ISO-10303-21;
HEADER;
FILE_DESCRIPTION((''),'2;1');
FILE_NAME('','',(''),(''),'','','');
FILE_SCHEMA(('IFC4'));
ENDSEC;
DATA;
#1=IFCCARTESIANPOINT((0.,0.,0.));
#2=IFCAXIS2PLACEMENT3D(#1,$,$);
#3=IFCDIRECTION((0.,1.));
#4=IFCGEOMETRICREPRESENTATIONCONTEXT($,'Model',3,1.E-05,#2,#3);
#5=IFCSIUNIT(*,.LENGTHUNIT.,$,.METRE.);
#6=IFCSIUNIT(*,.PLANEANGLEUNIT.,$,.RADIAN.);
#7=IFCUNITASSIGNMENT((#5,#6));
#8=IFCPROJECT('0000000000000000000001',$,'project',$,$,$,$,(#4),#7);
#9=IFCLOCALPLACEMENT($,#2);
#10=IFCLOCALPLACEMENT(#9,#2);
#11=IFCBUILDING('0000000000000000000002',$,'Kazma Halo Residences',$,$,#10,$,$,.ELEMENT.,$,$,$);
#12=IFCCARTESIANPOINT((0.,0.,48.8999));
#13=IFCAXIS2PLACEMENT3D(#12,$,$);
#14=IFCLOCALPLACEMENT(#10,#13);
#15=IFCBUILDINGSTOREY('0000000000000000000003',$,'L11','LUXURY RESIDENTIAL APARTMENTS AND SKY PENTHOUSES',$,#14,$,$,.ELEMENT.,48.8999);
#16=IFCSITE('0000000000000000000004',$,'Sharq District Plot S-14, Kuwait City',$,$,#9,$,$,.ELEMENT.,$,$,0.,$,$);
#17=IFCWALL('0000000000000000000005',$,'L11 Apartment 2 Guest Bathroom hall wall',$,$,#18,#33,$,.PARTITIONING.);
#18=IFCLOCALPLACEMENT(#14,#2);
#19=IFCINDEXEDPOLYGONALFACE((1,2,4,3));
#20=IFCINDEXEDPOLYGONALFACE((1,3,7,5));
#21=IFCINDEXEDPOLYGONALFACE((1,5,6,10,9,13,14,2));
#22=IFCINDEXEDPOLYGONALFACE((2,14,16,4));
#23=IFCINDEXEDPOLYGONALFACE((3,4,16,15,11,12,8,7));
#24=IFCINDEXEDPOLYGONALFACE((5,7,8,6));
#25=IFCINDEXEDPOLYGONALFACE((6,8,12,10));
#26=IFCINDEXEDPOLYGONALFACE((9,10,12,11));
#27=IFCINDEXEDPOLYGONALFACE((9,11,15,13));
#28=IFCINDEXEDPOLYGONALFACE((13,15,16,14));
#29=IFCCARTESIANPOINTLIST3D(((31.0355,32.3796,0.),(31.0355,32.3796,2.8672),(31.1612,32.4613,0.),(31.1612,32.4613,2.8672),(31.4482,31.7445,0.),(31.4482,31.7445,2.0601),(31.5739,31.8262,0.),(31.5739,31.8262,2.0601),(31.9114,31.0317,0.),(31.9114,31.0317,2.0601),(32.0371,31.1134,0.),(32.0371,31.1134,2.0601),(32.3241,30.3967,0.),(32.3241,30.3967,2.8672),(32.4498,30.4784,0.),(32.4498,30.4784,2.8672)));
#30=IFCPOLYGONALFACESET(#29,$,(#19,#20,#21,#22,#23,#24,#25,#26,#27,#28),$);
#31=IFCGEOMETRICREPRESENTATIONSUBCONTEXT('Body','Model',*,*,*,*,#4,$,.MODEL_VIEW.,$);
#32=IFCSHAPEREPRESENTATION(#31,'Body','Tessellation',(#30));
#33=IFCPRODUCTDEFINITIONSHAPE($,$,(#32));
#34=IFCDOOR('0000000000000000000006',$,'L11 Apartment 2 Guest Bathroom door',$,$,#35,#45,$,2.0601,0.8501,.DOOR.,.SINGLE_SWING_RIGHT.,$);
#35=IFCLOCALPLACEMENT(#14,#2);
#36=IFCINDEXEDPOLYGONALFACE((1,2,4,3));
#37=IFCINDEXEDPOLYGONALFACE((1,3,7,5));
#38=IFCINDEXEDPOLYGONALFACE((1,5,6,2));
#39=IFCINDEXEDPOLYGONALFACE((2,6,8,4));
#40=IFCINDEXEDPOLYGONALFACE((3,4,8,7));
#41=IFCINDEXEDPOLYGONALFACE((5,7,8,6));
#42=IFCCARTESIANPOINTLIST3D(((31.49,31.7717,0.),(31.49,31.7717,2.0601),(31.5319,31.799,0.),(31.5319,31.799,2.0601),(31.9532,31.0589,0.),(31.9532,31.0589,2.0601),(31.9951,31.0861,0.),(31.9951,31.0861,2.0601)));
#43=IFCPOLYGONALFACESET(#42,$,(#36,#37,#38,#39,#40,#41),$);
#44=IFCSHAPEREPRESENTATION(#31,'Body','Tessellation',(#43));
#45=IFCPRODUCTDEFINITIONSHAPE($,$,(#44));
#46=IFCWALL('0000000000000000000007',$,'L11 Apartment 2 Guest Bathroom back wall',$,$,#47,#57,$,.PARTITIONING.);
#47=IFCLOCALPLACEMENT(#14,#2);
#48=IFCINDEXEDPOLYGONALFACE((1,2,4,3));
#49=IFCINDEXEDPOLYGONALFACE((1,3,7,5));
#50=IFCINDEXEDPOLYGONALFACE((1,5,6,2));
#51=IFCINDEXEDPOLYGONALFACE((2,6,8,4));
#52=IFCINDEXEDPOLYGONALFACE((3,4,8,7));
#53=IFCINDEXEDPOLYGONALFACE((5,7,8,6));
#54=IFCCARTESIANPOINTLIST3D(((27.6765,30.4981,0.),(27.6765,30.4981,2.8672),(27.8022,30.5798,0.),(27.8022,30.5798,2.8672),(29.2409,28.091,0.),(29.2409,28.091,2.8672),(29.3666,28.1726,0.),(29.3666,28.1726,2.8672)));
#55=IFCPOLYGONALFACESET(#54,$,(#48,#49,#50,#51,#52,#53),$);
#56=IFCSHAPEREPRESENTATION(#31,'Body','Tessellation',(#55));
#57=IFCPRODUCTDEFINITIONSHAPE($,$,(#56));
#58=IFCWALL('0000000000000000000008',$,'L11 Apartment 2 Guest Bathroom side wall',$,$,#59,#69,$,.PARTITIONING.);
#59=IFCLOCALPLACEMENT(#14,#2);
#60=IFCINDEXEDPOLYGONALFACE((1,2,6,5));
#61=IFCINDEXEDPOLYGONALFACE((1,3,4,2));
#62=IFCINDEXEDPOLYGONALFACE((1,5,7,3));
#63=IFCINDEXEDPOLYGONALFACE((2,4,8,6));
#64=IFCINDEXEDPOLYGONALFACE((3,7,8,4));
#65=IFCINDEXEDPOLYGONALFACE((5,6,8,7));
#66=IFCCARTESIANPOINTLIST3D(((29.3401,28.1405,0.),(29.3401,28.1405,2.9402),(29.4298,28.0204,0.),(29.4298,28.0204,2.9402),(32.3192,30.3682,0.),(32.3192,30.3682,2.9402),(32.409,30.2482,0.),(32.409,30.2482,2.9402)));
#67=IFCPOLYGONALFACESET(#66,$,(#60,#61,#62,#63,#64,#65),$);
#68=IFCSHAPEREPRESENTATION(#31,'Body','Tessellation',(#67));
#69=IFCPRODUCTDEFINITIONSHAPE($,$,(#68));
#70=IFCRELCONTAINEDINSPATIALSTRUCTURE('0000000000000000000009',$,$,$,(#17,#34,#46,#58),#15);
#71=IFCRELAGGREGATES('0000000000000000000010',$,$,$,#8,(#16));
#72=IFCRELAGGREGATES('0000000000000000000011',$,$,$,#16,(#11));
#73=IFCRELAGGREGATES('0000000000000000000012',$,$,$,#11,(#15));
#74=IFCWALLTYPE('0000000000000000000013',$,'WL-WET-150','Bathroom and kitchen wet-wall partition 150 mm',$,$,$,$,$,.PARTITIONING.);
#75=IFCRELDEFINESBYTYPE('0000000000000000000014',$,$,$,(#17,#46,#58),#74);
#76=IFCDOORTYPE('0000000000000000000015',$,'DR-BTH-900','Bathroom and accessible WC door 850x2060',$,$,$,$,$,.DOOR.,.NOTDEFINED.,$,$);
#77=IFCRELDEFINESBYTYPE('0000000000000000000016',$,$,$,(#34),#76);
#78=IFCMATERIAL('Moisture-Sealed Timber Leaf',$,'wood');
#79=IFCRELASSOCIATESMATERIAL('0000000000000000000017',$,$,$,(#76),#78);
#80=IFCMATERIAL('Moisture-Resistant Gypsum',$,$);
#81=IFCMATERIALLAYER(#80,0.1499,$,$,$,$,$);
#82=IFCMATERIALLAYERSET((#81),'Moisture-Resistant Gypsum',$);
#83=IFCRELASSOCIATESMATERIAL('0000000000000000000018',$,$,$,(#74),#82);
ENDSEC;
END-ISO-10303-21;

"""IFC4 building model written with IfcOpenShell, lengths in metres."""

from ifc_helpers import new_model, si_unit, direction, frame, frame_2d, origin, place, context, subcontext, project, spatial, rectangle, extrude, material, layer, layer_set, type_object, element, fill, save


model = new_model("IFC4")

# Units and contexts
model_context = context("Model", 3, precision=1e-05, world=origin(), true_north=direction((0.0, 1.0)))
body_context = subcontext(model_context, "Body", "Model", "MODEL_VIEW")
ifc_project = project(units=[si_unit("LENGTHUNIT", "METRE"), si_unit("PLANEANGLEUNIT", "RADIAN")], contexts=[model_context])

# Site, building, storey
site_placement = place(None, origin())
site = spatial("IfcSite", under=ifc_project, at=site_placement, Name="Sharq District Plot S-14, Kuwait City", CompositionType="ELEMENT", RefElevation=0.0)
building_placement = place(site_placement, origin())
building = spatial("IfcBuilding", under=site, at=building_placement, Name="Kazma Halo Residences", CompositionType="ELEMENT")
storey_placement = place(building_placement, frame((0.0, 0.0, 48.8999)))
storey = spatial("IfcBuildingStorey", under=building, at=storey_placement, Name="L11", Description="LUXURY RESIDENTIAL APARTMENTS AND SKY PENTHOUSES", CompositionType="ELEMENT", Elevation=48.8999)

# Wall, opening, door
ifc_material_1 = material(Name="Moisture-Sealed Timber Leaf", Category="wood")
door_type = type_object("IfcDoorType", Name="DR-BTH-900", Description="Bathroom and accessible WC door 850x2060", OperationType="NOTDEFINED", PredefinedType="DOOR", material=ifc_material_1)
ifc_material_2 = material(Name="Moisture-Resistant Gypsum")
ifc_layer_1 = layer(ifc_material_2, 0.1499)
ifc_layer_set_1 = layer_set([ifc_layer_1], Name="Moisture-Resistant Gypsum")
wall_type_1 = type_object("IfcWallType", Name="WL-WET-150", Description="Bathroom and kitchen wet-wall partition 150 mm", PredefinedType="PARTITIONING", material=ifc_layer_set_1)
wall_1_placement = place(storey_placement, frame((31.0984, 32.4204, 0.0), z_axis=(0.0, 0.0, 1.0), x_axis=(0.544894, -0.838505, 0.0)))
wall_1 = element("IfcWall", 1, at=wall_1_placement, inside=storey, type_object=wall_type_1, Name="L11 Apartment 2 Guest Bathroom hall wall", PredefinedType="PARTITIONING", context=body_context, shape_type="SweptSolid", body=[
    extrude(rectangle(XDim=2.3647, YDim=0.1499, at=frame_2d((1.1824, 0.0))), origin(), (0.0, 0.0, 1.0), 2.8672),
])
opening_1_placement = place(wall_1_placement, frame((0.7573, 0.0, 0.0)))
opening_1 = element("IfcOpeningElement", 2, at=opening_1_placement, cuts=wall_1, PredefinedType="OPENING", context=body_context, shape_type="SweptSolid", body=[
    extrude(rectangle(XDim=0.8501, YDim=2.0601, at=frame_2d((0.425, 1.03))), frame((0.0, 0.085, 0.0), z_axis=(0.0, -1.0, 0.0), x_axis=(1.0, 0.0, 0.0)), (0.0, 0.0, 1.0), 0.1699),
])
door_1_placement = place(opening_1_placement, origin())
door_1 = element("IfcDoor", 3, at=door_1_placement, inside=storey, type_object=door_type, Name="L11 Apartment 2 Guest Bathroom door", OperationType="SINGLE_SWING_RIGHT", OverallHeight=2.0601, OverallWidth=0.8501, PredefinedType="DOOR", context=body_context, shape_type="SweptSolid", body=[
    extrude(rectangle(XDim=0.8501, YDim=2.0601, at=frame_2d((0.425, 1.03))), frame((0.0, 0.0249, 0.0), z_axis=(0.0, -1.0, 0.0), x_axis=(1.0, 0.0, 0.0)), (0.0, 0.0, 1.0), 0.05),
])
fill(opening_1, door_1)

# Walls
wall_2_placement = place(storey_placement, frame((27.7393, 30.5391, 0.0), z_axis=(0.0, 0.0, 1.0), x_axis=(0.544929, -0.838482, 0.0)))
element("IfcWall", 4, at=wall_2_placement, inside=storey, type_object=wall_type_1, Name="L11 Apartment 2 Guest Bathroom back wall", PredefinedType="PARTITIONING", context=body_context, shape_type="SweptSolid", body=[
    extrude(rectangle(XDim=2.8708, YDim=0.1499, at=frame_2d((1.4355, 0.0))), origin(), (0.0, 0.0, 1.0), 2.8672),
])
wall_3_placement = place(storey_placement, frame((32.364, 30.3081, 0.0), z_axis=(0.0, 0.0, 1.0), x_axis=(-0.800858, -0.598855, 0.0)))
element("IfcWall", 5, at=wall_3_placement, inside=storey, type_object=wall_type_1, Name="L11 Apartment 2 Guest Bathroom side wall", PredefinedType="PARTITIONING", context=body_context, shape_type="SweptSolid", body=[
    extrude(rectangle(XDim=3.72, YDim=0.1499, at=frame_2d((1.8599, 0.0))), origin(), (0.0, 0.0, 1.0), 2.9402),
])

save(model, "model.ifc")
